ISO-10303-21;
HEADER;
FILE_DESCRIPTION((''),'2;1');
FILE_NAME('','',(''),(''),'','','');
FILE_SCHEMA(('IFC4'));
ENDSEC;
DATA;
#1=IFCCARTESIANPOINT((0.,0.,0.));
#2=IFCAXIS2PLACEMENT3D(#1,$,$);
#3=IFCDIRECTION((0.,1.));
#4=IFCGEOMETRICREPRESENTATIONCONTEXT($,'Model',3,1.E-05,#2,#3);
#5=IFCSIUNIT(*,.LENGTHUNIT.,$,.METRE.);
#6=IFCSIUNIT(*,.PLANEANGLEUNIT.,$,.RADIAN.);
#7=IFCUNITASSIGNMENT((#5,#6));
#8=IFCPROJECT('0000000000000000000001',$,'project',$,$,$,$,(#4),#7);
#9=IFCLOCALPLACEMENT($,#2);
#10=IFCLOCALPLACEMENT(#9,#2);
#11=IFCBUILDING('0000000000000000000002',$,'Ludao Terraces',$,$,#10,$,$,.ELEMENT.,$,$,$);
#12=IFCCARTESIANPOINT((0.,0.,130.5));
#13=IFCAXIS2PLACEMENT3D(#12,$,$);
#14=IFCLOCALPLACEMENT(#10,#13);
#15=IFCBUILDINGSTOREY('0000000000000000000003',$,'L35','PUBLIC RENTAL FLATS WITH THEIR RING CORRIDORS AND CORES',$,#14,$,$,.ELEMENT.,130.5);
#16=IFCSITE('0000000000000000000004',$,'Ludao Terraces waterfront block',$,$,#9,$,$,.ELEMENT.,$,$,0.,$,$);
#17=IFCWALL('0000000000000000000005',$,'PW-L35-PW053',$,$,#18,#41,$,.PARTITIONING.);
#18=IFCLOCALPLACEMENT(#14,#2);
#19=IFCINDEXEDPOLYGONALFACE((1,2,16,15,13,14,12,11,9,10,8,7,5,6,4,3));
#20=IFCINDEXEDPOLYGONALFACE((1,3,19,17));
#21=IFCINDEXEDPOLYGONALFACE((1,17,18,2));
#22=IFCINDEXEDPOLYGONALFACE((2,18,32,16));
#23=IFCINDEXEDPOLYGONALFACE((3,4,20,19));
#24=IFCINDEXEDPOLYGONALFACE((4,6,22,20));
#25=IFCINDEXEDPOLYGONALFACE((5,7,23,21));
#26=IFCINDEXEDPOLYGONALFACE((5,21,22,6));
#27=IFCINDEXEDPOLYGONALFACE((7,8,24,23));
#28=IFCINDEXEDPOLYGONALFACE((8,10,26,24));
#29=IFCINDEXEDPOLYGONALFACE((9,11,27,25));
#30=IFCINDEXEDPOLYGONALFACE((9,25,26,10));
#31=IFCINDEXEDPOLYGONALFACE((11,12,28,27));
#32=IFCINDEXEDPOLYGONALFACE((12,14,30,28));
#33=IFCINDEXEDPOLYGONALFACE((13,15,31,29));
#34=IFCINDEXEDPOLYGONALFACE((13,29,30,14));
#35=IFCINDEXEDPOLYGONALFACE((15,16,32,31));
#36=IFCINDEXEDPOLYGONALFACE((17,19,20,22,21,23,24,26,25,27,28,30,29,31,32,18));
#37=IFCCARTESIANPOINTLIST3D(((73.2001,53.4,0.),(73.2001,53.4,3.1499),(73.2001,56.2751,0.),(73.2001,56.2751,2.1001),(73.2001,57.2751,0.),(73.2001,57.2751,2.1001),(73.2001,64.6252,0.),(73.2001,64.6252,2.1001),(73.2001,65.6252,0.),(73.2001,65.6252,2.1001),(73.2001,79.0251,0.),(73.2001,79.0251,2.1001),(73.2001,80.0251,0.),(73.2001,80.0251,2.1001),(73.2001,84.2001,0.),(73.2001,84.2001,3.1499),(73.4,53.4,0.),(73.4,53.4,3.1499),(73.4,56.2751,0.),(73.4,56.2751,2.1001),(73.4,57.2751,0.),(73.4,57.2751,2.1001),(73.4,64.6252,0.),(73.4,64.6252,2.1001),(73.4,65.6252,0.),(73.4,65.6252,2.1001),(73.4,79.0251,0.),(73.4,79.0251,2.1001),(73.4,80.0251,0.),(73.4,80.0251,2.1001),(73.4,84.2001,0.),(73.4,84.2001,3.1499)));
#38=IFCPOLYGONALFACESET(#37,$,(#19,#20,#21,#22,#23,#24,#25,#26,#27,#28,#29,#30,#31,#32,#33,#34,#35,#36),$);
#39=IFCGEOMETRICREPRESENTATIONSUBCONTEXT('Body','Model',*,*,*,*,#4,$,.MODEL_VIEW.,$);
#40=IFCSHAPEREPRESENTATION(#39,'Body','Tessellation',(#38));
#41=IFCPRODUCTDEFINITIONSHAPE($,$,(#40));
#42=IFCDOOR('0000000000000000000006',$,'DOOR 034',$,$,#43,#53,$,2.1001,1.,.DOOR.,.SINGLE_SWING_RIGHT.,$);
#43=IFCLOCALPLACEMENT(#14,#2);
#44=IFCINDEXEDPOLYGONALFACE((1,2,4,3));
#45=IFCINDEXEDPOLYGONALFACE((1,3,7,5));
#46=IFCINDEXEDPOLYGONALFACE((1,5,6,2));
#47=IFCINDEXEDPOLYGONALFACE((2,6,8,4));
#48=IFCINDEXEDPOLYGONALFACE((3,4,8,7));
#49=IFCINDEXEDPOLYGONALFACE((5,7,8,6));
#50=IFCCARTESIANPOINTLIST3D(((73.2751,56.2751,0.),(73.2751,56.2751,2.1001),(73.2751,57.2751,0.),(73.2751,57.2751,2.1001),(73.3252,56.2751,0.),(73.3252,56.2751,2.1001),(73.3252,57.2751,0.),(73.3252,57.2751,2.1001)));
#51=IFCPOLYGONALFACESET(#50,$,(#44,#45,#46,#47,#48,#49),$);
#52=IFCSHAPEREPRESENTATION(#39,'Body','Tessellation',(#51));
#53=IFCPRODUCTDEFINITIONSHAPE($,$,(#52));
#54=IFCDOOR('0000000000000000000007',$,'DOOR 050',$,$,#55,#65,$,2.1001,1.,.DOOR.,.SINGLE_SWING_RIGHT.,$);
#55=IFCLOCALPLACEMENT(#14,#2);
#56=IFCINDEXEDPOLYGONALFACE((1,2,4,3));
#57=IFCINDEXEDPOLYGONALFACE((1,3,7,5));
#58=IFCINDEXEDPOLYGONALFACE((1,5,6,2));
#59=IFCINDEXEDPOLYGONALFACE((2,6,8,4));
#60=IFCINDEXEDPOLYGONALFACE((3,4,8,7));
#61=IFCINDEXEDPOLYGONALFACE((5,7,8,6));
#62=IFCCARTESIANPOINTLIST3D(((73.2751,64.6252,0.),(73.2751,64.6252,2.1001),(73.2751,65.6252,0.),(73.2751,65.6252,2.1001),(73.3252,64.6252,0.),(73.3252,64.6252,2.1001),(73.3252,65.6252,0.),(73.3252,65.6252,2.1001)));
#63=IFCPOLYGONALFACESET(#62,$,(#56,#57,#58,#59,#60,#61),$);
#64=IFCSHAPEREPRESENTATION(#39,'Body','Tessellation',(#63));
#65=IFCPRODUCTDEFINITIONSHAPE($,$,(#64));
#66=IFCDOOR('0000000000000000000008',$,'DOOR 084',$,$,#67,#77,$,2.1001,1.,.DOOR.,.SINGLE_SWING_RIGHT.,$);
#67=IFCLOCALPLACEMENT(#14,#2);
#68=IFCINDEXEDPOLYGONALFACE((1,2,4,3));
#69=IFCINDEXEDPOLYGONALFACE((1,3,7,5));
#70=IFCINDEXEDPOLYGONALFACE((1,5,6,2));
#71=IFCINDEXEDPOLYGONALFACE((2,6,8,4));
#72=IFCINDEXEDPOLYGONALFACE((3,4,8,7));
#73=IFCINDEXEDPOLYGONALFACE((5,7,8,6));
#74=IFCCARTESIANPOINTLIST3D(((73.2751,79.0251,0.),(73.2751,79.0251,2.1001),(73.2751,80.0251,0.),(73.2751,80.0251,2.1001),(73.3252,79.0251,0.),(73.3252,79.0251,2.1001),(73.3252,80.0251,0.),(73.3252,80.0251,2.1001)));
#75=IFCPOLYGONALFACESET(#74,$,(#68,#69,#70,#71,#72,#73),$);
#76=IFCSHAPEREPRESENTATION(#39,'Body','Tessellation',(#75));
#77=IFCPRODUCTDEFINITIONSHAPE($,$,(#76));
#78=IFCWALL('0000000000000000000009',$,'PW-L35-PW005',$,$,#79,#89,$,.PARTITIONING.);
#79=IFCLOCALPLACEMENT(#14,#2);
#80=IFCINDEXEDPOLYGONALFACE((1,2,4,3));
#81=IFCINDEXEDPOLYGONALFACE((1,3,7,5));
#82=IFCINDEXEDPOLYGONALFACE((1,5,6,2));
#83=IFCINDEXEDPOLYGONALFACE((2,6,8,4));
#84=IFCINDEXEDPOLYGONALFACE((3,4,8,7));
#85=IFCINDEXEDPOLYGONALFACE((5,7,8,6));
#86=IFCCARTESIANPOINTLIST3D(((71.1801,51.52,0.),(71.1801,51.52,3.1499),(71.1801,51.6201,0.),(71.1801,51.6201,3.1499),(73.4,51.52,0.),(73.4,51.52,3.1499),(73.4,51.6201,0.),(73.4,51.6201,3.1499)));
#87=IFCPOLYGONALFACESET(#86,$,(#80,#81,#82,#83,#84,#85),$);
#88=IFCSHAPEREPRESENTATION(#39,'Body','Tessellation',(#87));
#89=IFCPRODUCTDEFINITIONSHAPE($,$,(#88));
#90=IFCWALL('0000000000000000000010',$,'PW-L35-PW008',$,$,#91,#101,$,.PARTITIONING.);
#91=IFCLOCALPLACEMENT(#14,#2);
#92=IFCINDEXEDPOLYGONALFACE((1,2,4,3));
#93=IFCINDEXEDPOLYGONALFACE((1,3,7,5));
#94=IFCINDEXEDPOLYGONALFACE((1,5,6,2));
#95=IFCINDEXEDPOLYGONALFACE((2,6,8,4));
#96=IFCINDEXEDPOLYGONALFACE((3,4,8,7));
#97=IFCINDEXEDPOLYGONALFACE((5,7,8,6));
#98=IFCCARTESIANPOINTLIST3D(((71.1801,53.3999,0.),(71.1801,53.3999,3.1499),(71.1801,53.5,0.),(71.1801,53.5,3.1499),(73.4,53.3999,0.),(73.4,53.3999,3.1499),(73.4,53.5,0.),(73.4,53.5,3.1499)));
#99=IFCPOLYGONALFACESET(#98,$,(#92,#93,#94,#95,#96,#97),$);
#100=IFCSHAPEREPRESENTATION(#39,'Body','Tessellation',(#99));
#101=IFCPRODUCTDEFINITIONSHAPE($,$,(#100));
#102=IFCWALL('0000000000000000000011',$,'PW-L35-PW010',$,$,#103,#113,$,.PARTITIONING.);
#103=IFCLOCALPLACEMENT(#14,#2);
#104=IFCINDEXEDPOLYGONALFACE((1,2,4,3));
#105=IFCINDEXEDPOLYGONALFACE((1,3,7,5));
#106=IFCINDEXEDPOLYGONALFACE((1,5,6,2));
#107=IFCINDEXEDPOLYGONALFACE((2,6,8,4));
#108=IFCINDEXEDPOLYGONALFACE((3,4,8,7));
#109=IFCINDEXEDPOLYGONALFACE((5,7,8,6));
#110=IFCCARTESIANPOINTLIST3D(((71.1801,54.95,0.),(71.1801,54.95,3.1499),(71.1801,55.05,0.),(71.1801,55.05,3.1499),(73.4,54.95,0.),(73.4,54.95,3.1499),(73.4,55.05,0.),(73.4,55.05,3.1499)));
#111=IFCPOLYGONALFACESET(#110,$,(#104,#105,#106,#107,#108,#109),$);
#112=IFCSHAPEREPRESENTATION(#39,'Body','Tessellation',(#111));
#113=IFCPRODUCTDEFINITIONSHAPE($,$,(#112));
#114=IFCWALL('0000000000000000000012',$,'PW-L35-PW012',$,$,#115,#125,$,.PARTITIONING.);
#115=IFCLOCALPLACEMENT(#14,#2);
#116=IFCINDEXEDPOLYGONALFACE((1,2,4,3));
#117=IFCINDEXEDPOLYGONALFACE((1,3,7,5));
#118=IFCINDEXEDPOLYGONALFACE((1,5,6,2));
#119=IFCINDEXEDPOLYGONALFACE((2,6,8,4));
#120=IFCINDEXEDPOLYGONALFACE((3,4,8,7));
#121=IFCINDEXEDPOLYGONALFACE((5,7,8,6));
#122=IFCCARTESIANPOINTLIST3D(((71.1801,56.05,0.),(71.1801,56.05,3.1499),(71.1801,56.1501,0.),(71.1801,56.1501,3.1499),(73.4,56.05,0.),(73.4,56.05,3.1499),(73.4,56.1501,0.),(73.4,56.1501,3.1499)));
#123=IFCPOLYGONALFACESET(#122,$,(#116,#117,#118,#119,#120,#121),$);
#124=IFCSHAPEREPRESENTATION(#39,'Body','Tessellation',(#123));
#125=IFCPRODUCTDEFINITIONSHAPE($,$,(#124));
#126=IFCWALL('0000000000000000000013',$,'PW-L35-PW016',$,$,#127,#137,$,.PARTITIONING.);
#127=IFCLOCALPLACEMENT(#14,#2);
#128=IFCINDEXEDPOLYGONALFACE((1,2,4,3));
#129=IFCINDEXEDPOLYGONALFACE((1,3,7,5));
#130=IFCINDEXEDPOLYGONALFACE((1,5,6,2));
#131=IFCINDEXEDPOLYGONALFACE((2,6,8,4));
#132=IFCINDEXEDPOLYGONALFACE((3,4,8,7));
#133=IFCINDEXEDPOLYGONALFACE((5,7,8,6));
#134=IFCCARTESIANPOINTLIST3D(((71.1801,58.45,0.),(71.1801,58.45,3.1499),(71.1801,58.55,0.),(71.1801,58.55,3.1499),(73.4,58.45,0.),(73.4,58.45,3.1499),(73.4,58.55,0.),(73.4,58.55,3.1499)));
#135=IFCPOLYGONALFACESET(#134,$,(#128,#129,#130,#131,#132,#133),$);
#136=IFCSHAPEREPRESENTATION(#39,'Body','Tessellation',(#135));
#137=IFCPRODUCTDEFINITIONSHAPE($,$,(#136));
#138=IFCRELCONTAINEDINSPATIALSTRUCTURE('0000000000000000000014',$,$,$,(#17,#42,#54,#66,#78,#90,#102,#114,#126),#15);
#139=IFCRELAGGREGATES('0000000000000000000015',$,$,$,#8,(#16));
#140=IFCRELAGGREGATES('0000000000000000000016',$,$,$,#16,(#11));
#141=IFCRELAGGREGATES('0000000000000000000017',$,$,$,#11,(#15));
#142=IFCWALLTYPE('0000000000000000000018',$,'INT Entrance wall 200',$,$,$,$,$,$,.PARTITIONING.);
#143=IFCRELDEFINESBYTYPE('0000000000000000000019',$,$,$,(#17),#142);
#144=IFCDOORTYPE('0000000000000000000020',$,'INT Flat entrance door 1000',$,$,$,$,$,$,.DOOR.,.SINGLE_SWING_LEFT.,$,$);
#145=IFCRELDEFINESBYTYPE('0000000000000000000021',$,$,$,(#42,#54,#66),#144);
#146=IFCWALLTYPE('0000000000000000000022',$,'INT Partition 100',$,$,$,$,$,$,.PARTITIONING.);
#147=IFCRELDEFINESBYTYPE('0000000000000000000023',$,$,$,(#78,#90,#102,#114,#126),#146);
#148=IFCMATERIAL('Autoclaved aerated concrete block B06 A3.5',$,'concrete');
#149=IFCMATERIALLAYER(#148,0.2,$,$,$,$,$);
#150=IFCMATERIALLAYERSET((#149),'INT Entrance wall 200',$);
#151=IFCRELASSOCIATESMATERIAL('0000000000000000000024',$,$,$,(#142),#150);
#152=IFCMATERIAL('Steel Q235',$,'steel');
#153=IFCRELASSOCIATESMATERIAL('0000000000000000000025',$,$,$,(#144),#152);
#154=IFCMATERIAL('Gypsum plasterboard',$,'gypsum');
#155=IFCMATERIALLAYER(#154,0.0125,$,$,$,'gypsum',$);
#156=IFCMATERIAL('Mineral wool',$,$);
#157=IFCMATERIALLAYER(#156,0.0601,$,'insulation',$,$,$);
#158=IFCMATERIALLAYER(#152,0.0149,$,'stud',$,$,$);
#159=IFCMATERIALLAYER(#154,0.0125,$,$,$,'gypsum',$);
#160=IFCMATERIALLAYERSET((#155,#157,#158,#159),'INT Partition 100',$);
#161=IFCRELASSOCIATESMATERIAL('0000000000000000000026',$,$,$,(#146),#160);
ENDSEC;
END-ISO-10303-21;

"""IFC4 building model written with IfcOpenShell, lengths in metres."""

from ifc_helpers import new_model, si_unit, direction, frame, frame_2d, origin, place, context, subcontext, project, spatial, rectangle, extrude, material, layer, layer_set, type_object, element, fill, save


model = new_model("IFC4")

# Units and contexts
model_context = context("Model", 3, precision=1e-05, world=origin(), true_north=direction((0.0, 1.0)))
body_context = subcontext(model_context, "Body", "Model", "MODEL_VIEW")
ifc_project = project(units=[si_unit("LENGTHUNIT", "METRE"), si_unit("PLANEANGLEUNIT", "RADIAN")], contexts=[model_context])

# Site, building, storey
site_placement = place(None, origin())
site = spatial("IfcSite", under=ifc_project, at=site_placement, Name="Ludao Terraces waterfront block", CompositionType="ELEMENT", RefElevation=0.0)
building_placement = place(site_placement, origin())
building = spatial("IfcBuilding", under=site, at=building_placement, Name="Ludao Terraces", CompositionType="ELEMENT")
storey_placement = place(building_placement, frame((0.0, 0.0, 130.5)))
storey = spatial("IfcBuildingStorey", under=building, at=storey_placement, Name="L35", Description="PUBLIC RENTAL FLATS WITH THEIR RING CORRIDORS AND CORES", CompositionType="ELEMENT", Elevation=130.5)

# Wall, openings, doors
ifc_material_1 = material(Name="Steel Q235", Category="steel")
ifc_material_2 = material(Name="Autoclaved aerated concrete block B06 A3.5", Category="concrete")
ifc_layer_1 = layer(ifc_material_2, 0.2)
ifc_layer_set_1 = layer_set([ifc_layer_1], Name="INT Entrance wall 200")
wall_type_1 = type_object("IfcWallType", Name="INT Entrance wall 200", PredefinedType="PARTITIONING", material=ifc_layer_set_1)
door_type_1 = type_object("IfcDoorType", Name="INT Flat entrance door 1000", OperationType="SINGLE_SWING_LEFT", PredefinedType="DOOR", material=ifc_material_1)
wall_1_placement = place(storey_placement, frame((73.3, 53.4001, 0.0), z_axis=(0.0, 0.0, 1.0), x_axis=(0.0, 1.0, 0.0)))
wall_1 = element("IfcWall", 1, at=wall_1_placement, inside=storey, type_object=wall_type_1, Name="PW-L35-PW053", PredefinedType="PARTITIONING", context=body_context, shape_type="SweptSolid", body=[
    extrude(rectangle(XDim=30.8, YDim=0.2, at=frame_2d((15.3999, 0.0))), origin(), (0.0, 0.0, 1.0), 3.1499),
])
opening_1_placement = place(wall_1_placement, frame((2.875, 0.0, 0.0)))
opening_1 = element("IfcOpeningElement", 2, at=opening_1_placement, cuts=wall_1, PredefinedType="OPENING", context=body_context, shape_type="SweptSolid", body=[
    extrude(rectangle(XDim=1.0, YDim=2.1001, at=frame_2d((0.5, 1.05))), frame((0.0, 0.1099, 0.0), z_axis=(0.0, -1.0, 0.0), x_axis=(1.0, 0.0, 0.0)), (0.0, 0.0, 1.0), 0.22),
])
opening_2_placement = place(wall_1_placement, frame((11.2251, 0.0, 0.0)))
opening_2 = element("IfcOpeningElement", 3, at=opening_2_placement, cuts=wall_1, PredefinedType="OPENING", context=body_context, shape_type="SweptSolid", body=[
    extrude(rectangle(XDim=1.0, YDim=2.1001, at=frame_2d((0.5, 1.05))), frame((0.0, 0.1099, 0.0), z_axis=(0.0, -1.0, 0.0), x_axis=(1.0, 0.0, 0.0)), (0.0, 0.0, 1.0), 0.22),
])
opening_3_placement = place(wall_1_placement, frame((25.625, 0.0, 0.0)))
opening_3 = element("IfcOpeningElement", 4, at=opening_3_placement, cuts=wall_1, PredefinedType="OPENING", context=body_context, shape_type="SweptSolid", body=[
    extrude(rectangle(XDim=1.0, YDim=2.1001, at=frame_2d((0.5, 1.05))), frame((0.0, 0.1099, 0.0), z_axis=(0.0, -1.0, 0.0), x_axis=(1.0, 0.0, 0.0)), (0.0, 0.0, 1.0), 0.22),
])
door_1_placement = place(opening_1_placement, origin())
door_1 = element("IfcDoor", 5, at=door_1_placement, inside=storey, type_object=door_type_1, Name="DOOR 034", OperationType="SINGLE_SWING_RIGHT", OverallHeight=2.1001, OverallWidth=1.0, PredefinedType="DOOR", context=body_context, shape_type="SweptSolid", body=[
    extrude(rectangle(XDim=1.0, YDim=2.1001, at=frame_2d((0.5, 1.05))), frame((0.0, 0.0249, 0.0), z_axis=(0.0, -1.0, 0.0), x_axis=(1.0, 0.0, 0.0)), (0.0, 0.0, 1.0), 0.05),
])
fill(opening_1, door_1)
door_2_placement = place(opening_2_placement, origin())
door_2 = element("IfcDoor", 6, at=door_2_placement, inside=storey, type_object=door_type_1, Name="DOOR 050", OperationType="SINGLE_SWING_RIGHT", OverallHeight=2.1001, OverallWidth=1.0, PredefinedType="DOOR", context=body_context, shape_type="SweptSolid", body=[
    extrude(rectangle(XDim=1.0, YDim=2.1001, at=frame_2d((0.5, 1.05))), frame((0.0, 0.0249, 0.0), z_axis=(0.0, -1.0, 0.0), x_axis=(1.0, 0.0, 0.0)), (0.0, 0.0, 1.0), 0.05),
])
fill(opening_2, door_2)
door_3_placement = place(opening_3_placement, origin())
door_3 = element("IfcDoor", 7, at=door_3_placement, inside=storey, type_object=door_type_1, Name="DOOR 084", OperationType="SINGLE_SWING_RIGHT", OverallHeight=2.1001, OverallWidth=1.0, PredefinedType="DOOR", context=body_context, shape_type="SweptSolid", body=[
    extrude(rectangle(XDim=1.0, YDim=2.1001, at=frame_2d((0.5, 1.05))), frame((0.0, 0.0249, 0.0), z_axis=(0.0, -1.0, 0.0), x_axis=(1.0, 0.0, 0.0)), (0.0, 0.0, 1.0), 0.05),
])
fill(opening_3, door_3)

# Walls
ifc_material_3 = material(Name="Gypsum plasterboard", Category="gypsum")
ifc_layer_2 = layer(ifc_material_3, 0.0125, Category="gypsum")
ifc_material_4 = material(Name="Mineral wool")
ifc_layer_3 = layer(ifc_material_4, 0.0601, Name="insulation")
ifc_layer_4 = layer(ifc_material_1, 0.0149, Name="stud")
ifc_layer_5 = layer(ifc_material_3, 0.0125, Category="gypsum")
ifc_layer_set_2 = layer_set([ifc_layer_2, ifc_layer_3, ifc_layer_4, ifc_layer_5], Name="INT Partition 100")
wall_type_2 = type_object("IfcWallType", Name="INT Partition 100", PredefinedType="PARTITIONING", material=ifc_layer_set_2)
for number, where, z_axis, x_axis, name in (
    (8, (71.1802, 51.5701, 0.0), (0.0, 0.0, 1.0), (1.0, 0.0, 0.0), "PW-L35-PW005"),
    (9, (71.1802, 53.45, 0.0), (0.0, 0.0, 1.0), (1.0, 0.0, 0.0), "PW-L35-PW008"),
    (10, (71.1802, 55.0, 0.0), (0.0, 0.0, 1.0), (1.0, 0.0, 0.0), "PW-L35-PW010"),
    (11, (71.1802, 56.1001, 0.0), (0.0, 0.0, 1.0), (1.0, 0.0, 0.0), "PW-L35-PW012"),
    (12, (71.1802, 58.5, 0.0), (0.0, 0.0, 1.0), (1.0, 0.0, 0.0), "PW-L35-PW016"),
):
    element("IfcWall", number, at=place(storey_placement, frame(where, z_axis=z_axis, x_axis=x_axis)), inside=storey, type_object=wall_type_2, Name=name, PredefinedType="PARTITIONING", context=body_context, shape_type="SweptSolid", body=[
        extrude(rectangle(XDim=2.22, YDim=0.1001, at=frame_2d((1.1099, 0.0))), origin(), (0.0, 0.0, 1.0), 3.1499),
    ])

save(model, "model.ifc")
